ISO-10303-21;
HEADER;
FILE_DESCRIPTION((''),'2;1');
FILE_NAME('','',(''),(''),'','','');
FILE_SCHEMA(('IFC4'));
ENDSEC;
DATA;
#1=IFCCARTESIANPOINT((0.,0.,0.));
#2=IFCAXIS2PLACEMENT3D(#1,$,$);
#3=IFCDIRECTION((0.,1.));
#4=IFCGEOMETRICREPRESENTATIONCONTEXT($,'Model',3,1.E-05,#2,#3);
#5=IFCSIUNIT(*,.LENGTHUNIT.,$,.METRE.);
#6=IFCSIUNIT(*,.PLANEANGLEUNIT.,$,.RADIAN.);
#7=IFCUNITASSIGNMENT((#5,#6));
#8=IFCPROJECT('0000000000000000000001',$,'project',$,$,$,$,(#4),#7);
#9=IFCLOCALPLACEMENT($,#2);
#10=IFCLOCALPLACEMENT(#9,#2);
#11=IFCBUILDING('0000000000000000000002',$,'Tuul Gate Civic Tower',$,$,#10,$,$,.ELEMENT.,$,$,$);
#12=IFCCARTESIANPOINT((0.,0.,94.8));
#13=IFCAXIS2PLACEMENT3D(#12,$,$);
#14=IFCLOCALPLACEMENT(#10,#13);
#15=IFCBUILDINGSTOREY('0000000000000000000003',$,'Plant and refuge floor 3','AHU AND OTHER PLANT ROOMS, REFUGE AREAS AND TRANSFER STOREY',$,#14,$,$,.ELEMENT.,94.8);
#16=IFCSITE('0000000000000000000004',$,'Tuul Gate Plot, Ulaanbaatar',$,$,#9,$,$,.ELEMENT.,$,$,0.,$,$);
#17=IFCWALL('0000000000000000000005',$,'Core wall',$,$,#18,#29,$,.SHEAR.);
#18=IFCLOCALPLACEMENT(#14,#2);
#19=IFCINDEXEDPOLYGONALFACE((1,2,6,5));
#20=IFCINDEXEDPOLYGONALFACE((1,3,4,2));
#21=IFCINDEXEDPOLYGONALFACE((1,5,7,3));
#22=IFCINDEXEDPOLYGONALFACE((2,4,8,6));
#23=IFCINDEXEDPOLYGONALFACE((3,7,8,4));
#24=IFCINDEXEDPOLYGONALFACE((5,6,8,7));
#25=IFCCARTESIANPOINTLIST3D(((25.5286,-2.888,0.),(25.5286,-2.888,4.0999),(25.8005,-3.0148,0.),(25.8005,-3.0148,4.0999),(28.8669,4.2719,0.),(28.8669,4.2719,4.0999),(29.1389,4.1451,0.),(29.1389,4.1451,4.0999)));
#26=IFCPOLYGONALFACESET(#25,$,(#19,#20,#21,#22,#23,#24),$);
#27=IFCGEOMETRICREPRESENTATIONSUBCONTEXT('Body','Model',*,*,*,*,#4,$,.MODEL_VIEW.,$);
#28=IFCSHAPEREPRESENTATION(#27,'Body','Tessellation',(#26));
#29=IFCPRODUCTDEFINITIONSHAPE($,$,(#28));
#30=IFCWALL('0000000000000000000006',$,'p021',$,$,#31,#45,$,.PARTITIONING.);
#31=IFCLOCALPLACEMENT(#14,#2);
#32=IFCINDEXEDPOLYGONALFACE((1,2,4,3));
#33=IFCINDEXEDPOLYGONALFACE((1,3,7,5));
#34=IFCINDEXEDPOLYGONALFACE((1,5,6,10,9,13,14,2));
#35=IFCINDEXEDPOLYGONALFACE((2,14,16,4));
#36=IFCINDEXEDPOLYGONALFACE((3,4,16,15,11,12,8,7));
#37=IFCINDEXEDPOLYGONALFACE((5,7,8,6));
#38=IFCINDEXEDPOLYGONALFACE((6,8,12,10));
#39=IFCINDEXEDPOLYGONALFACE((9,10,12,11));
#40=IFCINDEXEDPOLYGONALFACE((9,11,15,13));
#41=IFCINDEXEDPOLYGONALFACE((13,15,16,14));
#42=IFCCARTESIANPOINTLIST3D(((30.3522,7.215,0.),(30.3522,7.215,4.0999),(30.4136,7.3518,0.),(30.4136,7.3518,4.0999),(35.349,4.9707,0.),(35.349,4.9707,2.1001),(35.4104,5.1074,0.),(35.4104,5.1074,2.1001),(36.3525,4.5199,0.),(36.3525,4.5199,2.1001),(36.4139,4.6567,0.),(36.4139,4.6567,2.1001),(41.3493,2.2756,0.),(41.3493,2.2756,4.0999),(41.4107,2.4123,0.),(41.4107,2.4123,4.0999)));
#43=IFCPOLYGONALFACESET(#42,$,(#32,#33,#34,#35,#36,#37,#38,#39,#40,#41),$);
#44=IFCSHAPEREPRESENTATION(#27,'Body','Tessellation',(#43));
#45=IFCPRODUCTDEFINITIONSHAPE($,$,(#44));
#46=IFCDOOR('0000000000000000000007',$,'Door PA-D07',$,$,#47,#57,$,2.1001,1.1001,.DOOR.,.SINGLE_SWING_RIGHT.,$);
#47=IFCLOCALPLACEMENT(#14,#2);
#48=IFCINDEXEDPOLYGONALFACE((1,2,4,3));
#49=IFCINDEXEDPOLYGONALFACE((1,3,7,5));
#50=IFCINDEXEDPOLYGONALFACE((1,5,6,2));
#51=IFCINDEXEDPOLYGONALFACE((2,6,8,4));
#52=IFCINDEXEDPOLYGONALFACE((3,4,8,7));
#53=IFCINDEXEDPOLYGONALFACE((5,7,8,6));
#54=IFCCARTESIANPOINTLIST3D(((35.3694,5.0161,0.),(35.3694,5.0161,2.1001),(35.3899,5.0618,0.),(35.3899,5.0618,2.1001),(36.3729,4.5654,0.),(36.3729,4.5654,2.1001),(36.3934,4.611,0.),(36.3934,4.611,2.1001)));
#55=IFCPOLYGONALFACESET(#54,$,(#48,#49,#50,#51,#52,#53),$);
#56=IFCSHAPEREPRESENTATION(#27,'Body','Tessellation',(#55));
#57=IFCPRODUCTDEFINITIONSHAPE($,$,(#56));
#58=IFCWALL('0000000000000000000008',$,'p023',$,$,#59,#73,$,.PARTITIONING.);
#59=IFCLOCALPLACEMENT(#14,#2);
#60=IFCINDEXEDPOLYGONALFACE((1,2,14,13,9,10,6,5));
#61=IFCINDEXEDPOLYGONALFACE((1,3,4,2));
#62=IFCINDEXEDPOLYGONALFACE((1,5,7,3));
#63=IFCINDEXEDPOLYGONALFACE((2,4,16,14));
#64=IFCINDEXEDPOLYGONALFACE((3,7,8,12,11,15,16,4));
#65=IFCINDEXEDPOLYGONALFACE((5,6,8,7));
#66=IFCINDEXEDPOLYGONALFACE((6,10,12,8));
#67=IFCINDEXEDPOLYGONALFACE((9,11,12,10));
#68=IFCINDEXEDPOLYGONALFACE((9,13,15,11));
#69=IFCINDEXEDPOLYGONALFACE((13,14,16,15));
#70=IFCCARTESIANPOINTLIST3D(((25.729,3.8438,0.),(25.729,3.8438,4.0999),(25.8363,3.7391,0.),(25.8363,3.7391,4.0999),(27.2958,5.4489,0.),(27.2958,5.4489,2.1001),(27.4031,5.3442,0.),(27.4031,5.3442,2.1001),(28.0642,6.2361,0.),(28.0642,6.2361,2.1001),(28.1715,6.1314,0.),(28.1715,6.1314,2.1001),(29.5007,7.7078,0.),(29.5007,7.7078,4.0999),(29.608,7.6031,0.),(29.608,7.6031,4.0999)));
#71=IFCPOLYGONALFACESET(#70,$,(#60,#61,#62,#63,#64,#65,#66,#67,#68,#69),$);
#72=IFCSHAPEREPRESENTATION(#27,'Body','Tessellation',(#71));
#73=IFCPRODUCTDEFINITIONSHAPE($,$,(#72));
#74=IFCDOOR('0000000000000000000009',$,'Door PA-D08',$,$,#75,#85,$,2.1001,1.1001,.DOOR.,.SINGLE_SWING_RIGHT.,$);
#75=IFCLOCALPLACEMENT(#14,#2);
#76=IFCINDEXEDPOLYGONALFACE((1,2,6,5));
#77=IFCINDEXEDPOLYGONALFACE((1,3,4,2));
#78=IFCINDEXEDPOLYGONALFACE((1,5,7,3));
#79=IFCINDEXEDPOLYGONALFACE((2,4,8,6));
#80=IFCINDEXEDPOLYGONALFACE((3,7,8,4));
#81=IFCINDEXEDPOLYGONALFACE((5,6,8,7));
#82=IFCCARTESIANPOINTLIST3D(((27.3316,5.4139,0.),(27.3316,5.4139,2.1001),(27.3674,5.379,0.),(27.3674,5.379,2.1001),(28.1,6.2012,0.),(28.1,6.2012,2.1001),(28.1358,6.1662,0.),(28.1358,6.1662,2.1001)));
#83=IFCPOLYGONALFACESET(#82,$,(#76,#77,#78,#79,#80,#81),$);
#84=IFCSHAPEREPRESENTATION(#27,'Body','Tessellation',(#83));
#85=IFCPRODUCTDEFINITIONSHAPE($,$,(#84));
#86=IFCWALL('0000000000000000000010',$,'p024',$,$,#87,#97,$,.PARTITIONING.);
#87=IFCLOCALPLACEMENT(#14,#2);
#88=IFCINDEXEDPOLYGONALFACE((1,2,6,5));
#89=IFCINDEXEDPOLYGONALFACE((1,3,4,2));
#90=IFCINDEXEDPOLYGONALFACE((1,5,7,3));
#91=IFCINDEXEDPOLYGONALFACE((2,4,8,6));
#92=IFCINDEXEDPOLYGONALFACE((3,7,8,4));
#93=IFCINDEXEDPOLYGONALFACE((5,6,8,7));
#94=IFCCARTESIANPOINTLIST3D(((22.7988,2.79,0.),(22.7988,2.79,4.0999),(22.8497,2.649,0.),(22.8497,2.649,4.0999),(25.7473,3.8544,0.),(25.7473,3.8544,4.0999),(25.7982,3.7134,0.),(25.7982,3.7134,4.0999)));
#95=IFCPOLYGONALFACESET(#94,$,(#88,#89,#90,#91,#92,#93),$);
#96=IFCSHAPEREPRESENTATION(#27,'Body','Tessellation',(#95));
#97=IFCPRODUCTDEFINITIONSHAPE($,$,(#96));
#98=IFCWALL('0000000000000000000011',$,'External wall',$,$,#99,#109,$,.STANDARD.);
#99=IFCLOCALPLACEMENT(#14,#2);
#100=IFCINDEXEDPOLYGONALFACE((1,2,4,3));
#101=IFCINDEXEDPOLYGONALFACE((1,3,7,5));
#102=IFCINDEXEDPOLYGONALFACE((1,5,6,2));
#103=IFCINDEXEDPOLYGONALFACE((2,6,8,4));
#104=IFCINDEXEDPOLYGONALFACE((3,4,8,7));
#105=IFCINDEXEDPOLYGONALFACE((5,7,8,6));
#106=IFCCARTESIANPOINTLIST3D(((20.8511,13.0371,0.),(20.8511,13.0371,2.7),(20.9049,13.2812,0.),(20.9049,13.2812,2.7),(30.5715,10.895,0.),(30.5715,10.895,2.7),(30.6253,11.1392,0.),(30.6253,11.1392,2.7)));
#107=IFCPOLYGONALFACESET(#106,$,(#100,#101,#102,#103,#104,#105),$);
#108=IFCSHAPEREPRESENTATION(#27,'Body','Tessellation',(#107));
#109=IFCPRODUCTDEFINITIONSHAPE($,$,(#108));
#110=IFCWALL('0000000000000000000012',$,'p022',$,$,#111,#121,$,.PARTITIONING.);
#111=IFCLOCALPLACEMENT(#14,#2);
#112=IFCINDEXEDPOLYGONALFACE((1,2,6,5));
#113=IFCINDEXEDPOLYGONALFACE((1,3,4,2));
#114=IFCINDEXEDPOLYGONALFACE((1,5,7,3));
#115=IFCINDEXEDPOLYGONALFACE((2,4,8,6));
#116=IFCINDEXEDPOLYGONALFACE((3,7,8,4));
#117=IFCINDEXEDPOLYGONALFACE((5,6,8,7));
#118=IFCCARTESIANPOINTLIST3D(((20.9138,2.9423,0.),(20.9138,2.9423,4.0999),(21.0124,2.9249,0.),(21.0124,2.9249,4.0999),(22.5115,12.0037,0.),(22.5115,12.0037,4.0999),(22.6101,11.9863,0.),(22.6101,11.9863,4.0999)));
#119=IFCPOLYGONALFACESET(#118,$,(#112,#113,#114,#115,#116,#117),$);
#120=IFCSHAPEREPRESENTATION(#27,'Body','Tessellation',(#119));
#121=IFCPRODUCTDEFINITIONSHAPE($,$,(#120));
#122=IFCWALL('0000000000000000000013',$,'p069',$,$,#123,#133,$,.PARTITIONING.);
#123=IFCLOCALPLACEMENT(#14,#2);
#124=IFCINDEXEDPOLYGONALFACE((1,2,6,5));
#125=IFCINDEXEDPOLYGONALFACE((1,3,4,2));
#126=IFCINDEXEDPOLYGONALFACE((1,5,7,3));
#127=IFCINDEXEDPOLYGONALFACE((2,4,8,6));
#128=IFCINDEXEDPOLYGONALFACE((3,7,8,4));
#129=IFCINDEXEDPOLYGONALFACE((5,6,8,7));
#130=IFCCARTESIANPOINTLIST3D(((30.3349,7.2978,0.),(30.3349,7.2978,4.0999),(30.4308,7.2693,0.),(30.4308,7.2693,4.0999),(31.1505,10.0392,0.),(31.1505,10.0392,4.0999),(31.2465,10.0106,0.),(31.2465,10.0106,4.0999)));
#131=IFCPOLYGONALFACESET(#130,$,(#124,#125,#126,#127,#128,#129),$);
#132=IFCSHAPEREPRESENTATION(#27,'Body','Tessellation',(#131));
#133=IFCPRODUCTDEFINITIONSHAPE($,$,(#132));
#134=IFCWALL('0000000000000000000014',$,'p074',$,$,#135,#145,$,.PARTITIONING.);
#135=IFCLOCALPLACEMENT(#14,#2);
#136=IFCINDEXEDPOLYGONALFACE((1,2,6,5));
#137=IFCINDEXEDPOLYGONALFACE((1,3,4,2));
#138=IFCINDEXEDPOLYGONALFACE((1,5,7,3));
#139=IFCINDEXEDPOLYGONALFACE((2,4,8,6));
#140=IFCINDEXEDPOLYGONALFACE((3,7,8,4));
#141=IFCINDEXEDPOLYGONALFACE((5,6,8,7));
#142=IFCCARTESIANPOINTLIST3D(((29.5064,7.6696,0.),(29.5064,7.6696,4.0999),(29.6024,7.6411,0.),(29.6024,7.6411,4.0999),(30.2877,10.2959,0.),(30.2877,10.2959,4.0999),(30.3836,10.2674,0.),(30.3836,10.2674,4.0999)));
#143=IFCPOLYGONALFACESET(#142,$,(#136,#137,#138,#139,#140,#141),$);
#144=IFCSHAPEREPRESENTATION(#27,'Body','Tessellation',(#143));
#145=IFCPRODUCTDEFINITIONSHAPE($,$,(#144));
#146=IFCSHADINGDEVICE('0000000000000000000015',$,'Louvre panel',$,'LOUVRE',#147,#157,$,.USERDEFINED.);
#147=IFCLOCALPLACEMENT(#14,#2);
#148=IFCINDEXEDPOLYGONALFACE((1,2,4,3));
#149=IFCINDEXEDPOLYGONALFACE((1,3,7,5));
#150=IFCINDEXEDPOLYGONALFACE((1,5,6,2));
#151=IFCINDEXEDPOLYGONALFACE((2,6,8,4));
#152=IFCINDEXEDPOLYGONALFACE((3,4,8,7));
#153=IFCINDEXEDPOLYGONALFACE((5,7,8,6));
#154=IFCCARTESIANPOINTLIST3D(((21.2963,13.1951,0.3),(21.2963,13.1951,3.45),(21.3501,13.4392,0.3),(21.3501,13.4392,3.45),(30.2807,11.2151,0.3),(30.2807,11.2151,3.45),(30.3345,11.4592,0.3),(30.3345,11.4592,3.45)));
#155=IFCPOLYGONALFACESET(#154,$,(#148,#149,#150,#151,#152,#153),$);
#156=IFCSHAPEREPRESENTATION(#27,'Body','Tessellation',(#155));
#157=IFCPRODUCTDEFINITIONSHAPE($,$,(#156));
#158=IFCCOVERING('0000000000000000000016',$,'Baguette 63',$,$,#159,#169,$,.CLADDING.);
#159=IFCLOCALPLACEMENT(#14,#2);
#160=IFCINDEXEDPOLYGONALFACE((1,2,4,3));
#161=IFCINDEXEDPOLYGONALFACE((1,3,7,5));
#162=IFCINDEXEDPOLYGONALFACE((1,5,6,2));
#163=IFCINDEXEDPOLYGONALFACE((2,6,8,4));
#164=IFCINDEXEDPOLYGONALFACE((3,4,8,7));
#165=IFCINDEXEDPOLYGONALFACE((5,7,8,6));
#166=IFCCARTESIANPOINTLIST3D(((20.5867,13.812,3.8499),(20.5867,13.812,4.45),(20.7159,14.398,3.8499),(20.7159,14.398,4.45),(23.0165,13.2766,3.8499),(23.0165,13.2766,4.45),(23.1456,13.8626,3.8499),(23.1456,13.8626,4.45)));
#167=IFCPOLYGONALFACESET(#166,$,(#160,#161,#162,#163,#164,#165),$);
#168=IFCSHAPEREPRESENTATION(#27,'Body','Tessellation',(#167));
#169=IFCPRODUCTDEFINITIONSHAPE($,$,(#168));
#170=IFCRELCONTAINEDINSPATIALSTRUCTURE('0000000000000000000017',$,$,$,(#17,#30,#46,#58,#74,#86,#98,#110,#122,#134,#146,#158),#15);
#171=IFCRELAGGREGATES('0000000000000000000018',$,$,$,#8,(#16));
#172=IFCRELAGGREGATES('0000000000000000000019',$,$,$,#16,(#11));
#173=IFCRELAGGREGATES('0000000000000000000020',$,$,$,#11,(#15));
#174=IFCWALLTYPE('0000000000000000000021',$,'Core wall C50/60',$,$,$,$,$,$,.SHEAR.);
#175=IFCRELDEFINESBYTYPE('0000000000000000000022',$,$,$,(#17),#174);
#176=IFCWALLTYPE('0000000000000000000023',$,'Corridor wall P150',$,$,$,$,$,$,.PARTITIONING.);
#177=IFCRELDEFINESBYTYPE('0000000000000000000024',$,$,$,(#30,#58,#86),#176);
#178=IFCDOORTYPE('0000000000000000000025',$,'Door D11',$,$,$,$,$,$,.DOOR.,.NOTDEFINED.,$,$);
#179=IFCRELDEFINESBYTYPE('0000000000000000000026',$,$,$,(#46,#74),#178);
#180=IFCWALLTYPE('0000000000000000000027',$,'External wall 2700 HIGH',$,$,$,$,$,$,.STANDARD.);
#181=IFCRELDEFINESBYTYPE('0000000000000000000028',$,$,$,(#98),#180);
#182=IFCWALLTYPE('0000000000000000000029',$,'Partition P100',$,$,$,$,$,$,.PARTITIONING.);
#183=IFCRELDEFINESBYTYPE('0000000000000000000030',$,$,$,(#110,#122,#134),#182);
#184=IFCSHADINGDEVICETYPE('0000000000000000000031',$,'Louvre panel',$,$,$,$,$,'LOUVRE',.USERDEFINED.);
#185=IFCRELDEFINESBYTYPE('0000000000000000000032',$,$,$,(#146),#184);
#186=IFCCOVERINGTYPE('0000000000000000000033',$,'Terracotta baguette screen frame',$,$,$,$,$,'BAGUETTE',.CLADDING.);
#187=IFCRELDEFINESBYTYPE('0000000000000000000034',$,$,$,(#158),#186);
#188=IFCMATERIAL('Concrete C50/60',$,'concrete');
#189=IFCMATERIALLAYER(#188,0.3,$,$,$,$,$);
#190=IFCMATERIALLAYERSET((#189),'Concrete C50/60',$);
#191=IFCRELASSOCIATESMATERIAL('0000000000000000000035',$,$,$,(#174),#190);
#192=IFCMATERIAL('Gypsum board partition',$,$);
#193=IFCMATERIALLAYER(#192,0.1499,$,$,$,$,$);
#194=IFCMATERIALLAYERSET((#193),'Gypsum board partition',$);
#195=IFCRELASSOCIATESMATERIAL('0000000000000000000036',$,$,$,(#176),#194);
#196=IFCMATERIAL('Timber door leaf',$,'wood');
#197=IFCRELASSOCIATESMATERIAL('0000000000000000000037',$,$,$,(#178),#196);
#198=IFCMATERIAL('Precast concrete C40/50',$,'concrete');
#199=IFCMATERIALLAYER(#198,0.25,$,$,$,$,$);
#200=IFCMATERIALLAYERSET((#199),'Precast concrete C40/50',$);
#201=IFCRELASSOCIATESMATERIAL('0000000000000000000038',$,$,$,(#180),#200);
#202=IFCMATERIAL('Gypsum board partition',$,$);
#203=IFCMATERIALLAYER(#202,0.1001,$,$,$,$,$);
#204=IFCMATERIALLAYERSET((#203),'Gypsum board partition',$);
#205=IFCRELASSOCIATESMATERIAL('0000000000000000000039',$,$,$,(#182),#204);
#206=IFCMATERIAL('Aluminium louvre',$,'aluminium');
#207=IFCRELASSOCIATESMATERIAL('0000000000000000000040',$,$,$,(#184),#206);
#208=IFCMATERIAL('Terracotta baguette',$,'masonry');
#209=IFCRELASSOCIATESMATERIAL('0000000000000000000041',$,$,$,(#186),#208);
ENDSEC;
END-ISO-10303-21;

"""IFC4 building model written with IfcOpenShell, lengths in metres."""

from ifc_helpers import new_model, si_unit, direction, frame, frame_2d, origin, origin_2d, place, context, subcontext, project, spatial, rectangle, extrude, material, layer, layer_set, material_profile, profile_set, type_object, element, fill, save


model = new_model("IFC4")

# Units and contexts
model_context = context("Model", 3, precision=1e-05, world=origin(), true_north=direction((0.0, 1.0)))
body_context = subcontext(model_context, "Body", "Model", "MODEL_VIEW")
ifc_project = project(units=[si_unit("LENGTHUNIT", "METRE"), si_unit("PLANEANGLEUNIT", "RADIAN")], contexts=[model_context])

# Site, building, storey
site_placement = place(None, origin())
site = spatial("IfcSite", under=ifc_project, at=site_placement, Name="Tuul Gate Plot, Ulaanbaatar", CompositionType="ELEMENT", RefElevation=0.0)
building_placement = place(site_placement, origin())
building = spatial("IfcBuilding", under=site, at=building_placement, Name="Tuul Gate Civic Tower", CompositionType="ELEMENT")
storey_placement = place(building_placement, frame((0.0, 0.0, 94.8)))
storey = spatial("IfcBuildingStorey", under=building, at=storey_placement, Name="Plant and refuge floor 3", Description="AHU AND OTHER PLANT ROOMS, REFUGE AREAS AND TRANSFER STOREY", CompositionType="ELEMENT", Elevation=94.8)

# Wall
ifc_material_1 = material(Name="Concrete C50/60", Category="concrete")
ifc_layer_1 = layer(ifc_material_1, 0.3)
ifc_layer_set_1 = layer_set([ifc_layer_1], Name="Concrete C50/60")
wall_type_1 = type_object("IfcWallType", Name="Core wall C50/60", PredefinedType="SHEAR", material=ifc_layer_set_1)
wall_1_placement = place(storey_placement, frame((25.6646, -2.9514, 0.0), z_axis=(0.0, 0.0, 1.0), x_axis=(0.422583, 0.906324, 0.0)))
element("IfcWall", 1, at=wall_1_placement, inside=storey, type_object=wall_type_1, Name="Core wall", PredefinedType="SHEAR", context=body_context, shape_type="SweptSolid", body=[
    extrude(rectangle(XDim=7.8999, YDim=0.3, at=frame_2d((3.95, 0.0))), origin(), (0.0, 0.0, 1.0), 4.0999),
])

# Walls, openings, doors
ifc_material_2 = material(Name="Gypsum board partition")
ifc_layer_2 = layer(ifc_material_2, 0.1499)
ifc_layer_set_2 = layer_set([ifc_layer_2], Name="Gypsum board partition")
wall_type_2 = type_object("IfcWallType", Name="Corridor wall P150", PredefinedType="PARTITIONING", material=ifc_layer_set_2)
wall_2_placement = place(storey_placement, frame((30.3828, 7.2834, 0.0), z_axis=(0.0, 0.0, 1.0), x_axis=(0.912208, -0.409728, 0.0)))
wall_2 = element("IfcWall", 2, at=wall_2_placement, inside=storey, type_object=wall_type_2, Name="p021", PredefinedType="PARTITIONING", context=body_context, shape_type="SweptSolid", body=[
    extrude(rectangle(XDim=12.0554, YDim=0.1499, at=frame_2d((6.0278, 0.0))), origin(), (0.0, 0.0, 1.0), 4.0999),
])
opening_1_placement = place(wall_2_placement, frame((5.4778, 0.0, 0.0)))
opening_1 = element("IfcOpeningElement", 3, at=opening_1_placement, cuts=wall_2, PredefinedType="OPENING", context=body_context, shape_type="SweptSolid", body=[
    extrude(rectangle(XDim=1.1001, YDim=2.1001, at=frame_2d((0.55, 1.05))), frame((0.0, 0.085, 0.0), z_axis=(0.0, -1.0, 0.0), x_axis=(1.0, 0.0, 0.0)), (0.0, 0.0, 1.0), 0.1699),
])
ifc_material_3 = material(Name="Timber door leaf", Category="wood")
door_type = type_object("IfcDoorType", Name="Door D11", OperationType="NOTDEFINED", PredefinedType="DOOR", material=ifc_material_3)
door_1_placement = place(opening_1_placement, origin())
door_1 = element("IfcDoor", 4, at=door_1_placement, inside=storey, type_object=door_type, Name="Door PA-D07", OperationType="SINGLE_SWING_RIGHT", OverallHeight=2.1001, OverallWidth=1.1001, PredefinedType="DOOR", context=body_context, shape_type="SweptSolid", body=[
    extrude(rectangle(XDim=1.1001, YDim=2.1001, at=frame_2d((0.55, 1.05))), frame((0.0, 0.0249, 0.0), z_axis=(0.0, -1.0, 0.0), x_axis=(1.0, 0.0, 0.0)), (0.0, 0.0, 1.0), 0.05),
])
fill(opening_1, door_1)
wall_3_placement = place(storey_placement, frame((25.7827, 3.7915, 0.0), z_axis=(0.0, 0.0, 1.0), x_axis=(0.69851, 0.715601, 0.0)))
wall_3 = element("IfcWall", 5, at=wall_3_placement, inside=storey, type_object=wall_type_2, Name="p023", PredefinedType="PARTITIONING", context=body_context, shape_type="SweptSolid", body=[
    extrude(rectangle(XDim=5.3997, YDim=0.1499, at=frame_2d((2.6997, 0.0))), origin(), (0.0, 0.0, 1.0), 4.0999),
])
opening_2_placement = place(wall_3_placement, frame((2.2429, 0.0, 0.0)))
opening_2 = element("IfcOpeningElement", 6, at=opening_2_placement, cuts=wall_3, PredefinedType="OPENING", context=body_context, shape_type="SweptSolid", body=[
    extrude(rectangle(XDim=1.1001, YDim=2.1001, at=frame_2d((0.55, 1.05))), frame((0.0, 0.085, 0.0), z_axis=(0.0, -1.0, 0.0), x_axis=(1.0, 0.0, 0.0)), (0.0, 0.0, 1.0), 0.1699),
])
door_2_placement = place(opening_2_placement, origin())
door_2 = element("IfcDoor", 7, at=door_2_placement, inside=storey, type_object=door_type, Name="Door PA-D08", OperationType="SINGLE_SWING_RIGHT", OverallHeight=2.1001, OverallWidth=1.1001, PredefinedType="DOOR", context=body_context, shape_type="SweptSolid", body=[
    extrude(rectangle(XDim=1.1001, YDim=2.1001, at=frame_2d((0.55, 1.05))), frame((0.0, 0.0249, 0.0), z_axis=(0.0, -1.0, 0.0), x_axis=(1.0, 0.0, 0.0)), (0.0, 0.0, 1.0), 0.05),
])
fill(opening_2, door_2)

# Walls
wall_4_placement = place(storey_placement, frame((22.8242, 2.7195, 0.0), z_axis=(0.0, 0.0, 1.0), x_axis=(0.940582, 0.339566, 0.0)))
element("IfcWall", 8, at=wall_4_placement, inside=storey, type_object=wall_type_2, Name="p024", PredefinedType="PARTITIONING", context=body_context, shape_type="SweptSolid", body=[
    extrude(rectangle(XDim=3.1348, YDim=0.1499, at=frame_2d((1.5674, 0.0))), origin(), (0.0, 0.0, 1.0), 4.0999),
])
ifc_material_4 = material(Name="Precast concrete C40/50", Category="concrete")
ifc_layer_3 = layer(ifc_material_4, 0.25)
ifc_layer_set_3 = layer_set([ifc_layer_3], Name="Precast concrete C40/50")
wall_type_3 = type_object("IfcWallType", Name="External wall 2700 HIGH", PredefinedType="STANDARD", material=ifc_layer_set_3)
wall_5_placement = place(storey_placement, frame((30.5984, 11.0171, 0.0), z_axis=(0.0, 0.0, 1.0), x_axis=(-0.976569, 0.215206, 0.0)))
element("IfcWall", 9, at=wall_5_placement, inside=storey, type_object=wall_type_3, Name="External wall", PredefinedType="STANDARD", context=body_context, shape_type="SweptSolid", body=[
    extrude(rectangle(XDim=9.9536, YDim=0.25, at=frame_2d((4.9768, 0.0))), origin(), (0.0, 0.0, 1.0), 2.7),
])
ifc_material_5 = material(Name="Gypsum board partition")
ifc_layer_4 = layer(ifc_material_5, 0.1001)
ifc_layer_set_4 = layer_set([ifc_layer_4], Name="Gypsum board partition")
wall_type_4 = type_object("IfcWallType", Name="Partition P100", PredefinedType="PARTITIONING", material=ifc_layer_set_4)
wall_6_placement = place(storey_placement, frame((20.9631, 2.9336, 0.0), z_axis=(0.0, 0.0, 1.0), x_axis=(0.173634, 0.98481, 0.0)))
element("IfcWall", 10, at=wall_6_placement, inside=storey, type_object=wall_type_4, Name="p022", PredefinedType="PARTITIONING", context=body_context, shape_type="SweptSolid", body=[
    extrude(rectangle(XDim=9.2012, YDim=0.1001, at=frame_2d((4.6006, 0.0))), origin(), (0.0, 0.0, 1.0), 4.0999),
])
wall_7_placement = place(storey_placement, frame((30.3828, 7.2834, 0.0), z_axis=(0.0, 0.0, 1.0), x_axis=(0.285178, 0.958475, 0.0)))
element("IfcWall", 11, at=wall_7_placement, inside=storey, type_object=wall_type_4, Name="p069", PredefinedType="PARTITIONING", context=body_context, shape_type="SweptSolid", body=[
    extrude(rectangle(XDim=2.8601, YDim=0.1001, at=frame_2d((1.4302, 0.0))), origin(), (0.0, 0.0, 1.0), 4.0999),
])
wall_8_placement = place(storey_placement, frame((30.3357, 10.2817, 0.0), z_axis=(0.0, 0.0, 1.0), x_axis=(-0.285132, -0.958488, 0.0)))
element("IfcWall", 12, at=wall_8_placement, inside=storey, type_object=wall_type_4, Name="p074", PredefinedType="PARTITIONING", context=body_context, shape_type="SweptSolid", body=[
    extrude(rectangle(XDim=2.74, YDim=0.1001, at=frame_2d((1.3701, 0.0))), origin(), (0.0, 0.0, 1.0), 4.0999),
])

# Shading device
ifc_material_6 = material(Name="Aluminium louvre", Category="aluminium")
shading_device_type = type_object("IfcShadingDeviceType", Name="Louvre panel", ElementType="LOUVRE", PredefinedType="USERDEFINED", material=ifc_material_6)
shading_device_placement = place(storey_placement, frame((25.8154, 12.3271, 0.3), z_axis=(0.0, 0.0, 1.0), x_axis=(0.215215, 0.976567, 0.0)))
element("IfcShadingDevice", 13, at=shading_device_placement, inside=storey, type_object=shading_device_type, Name="Louvre panel", ObjectType="LOUVRE", PredefinedType="USERDEFINED", context=body_context, shape_type="SweptSolid", body=[
    extrude(rectangle(XDim=0.25, YDim=9.2, at=origin_2d()), origin(), (0.0, 0.0, 1.0), 3.1499),
])

# Covering
ifc_material_7 = material(Name="Terracotta baguette", Category="masonry")
ifc_material_profile_1 = material_profile(ifc_material_7, rectangle(XDim=0.6001, YDim=0.6001, at=origin_2d()), Name="Terracotta baguette screen frame")
ifc_profile_set_1 = profile_set([ifc_material_profile_1], Name="Terracotta baguette")
covering_type = type_object("IfcCoveringType", Name="Terracotta baguette screen frame", ElementType="BAGUETTE", PredefinedType="CLADDING", material=ifc_profile_set_1)
covering_1_placement = place(storey_placement, frame((23.0811, 13.5696, 4.1499), z_axis=(-0.976571, 0.215195, 0.0), x_axis=(-0.215195, -0.976571, 0.0)))
element("IfcCovering", 14, at=covering_1_placement, inside=storey, type_object=covering_type, Name="Baguette 63", PredefinedType="CLADDING", context=body_context, shape_type="SweptSolid", body=[
    extrude(rectangle(XDim=0.6001, YDim=0.6001, at=origin_2d()), origin(), (0.0, 0.0, 1.0), 2.488),
])

save(model, "model.ifc")
